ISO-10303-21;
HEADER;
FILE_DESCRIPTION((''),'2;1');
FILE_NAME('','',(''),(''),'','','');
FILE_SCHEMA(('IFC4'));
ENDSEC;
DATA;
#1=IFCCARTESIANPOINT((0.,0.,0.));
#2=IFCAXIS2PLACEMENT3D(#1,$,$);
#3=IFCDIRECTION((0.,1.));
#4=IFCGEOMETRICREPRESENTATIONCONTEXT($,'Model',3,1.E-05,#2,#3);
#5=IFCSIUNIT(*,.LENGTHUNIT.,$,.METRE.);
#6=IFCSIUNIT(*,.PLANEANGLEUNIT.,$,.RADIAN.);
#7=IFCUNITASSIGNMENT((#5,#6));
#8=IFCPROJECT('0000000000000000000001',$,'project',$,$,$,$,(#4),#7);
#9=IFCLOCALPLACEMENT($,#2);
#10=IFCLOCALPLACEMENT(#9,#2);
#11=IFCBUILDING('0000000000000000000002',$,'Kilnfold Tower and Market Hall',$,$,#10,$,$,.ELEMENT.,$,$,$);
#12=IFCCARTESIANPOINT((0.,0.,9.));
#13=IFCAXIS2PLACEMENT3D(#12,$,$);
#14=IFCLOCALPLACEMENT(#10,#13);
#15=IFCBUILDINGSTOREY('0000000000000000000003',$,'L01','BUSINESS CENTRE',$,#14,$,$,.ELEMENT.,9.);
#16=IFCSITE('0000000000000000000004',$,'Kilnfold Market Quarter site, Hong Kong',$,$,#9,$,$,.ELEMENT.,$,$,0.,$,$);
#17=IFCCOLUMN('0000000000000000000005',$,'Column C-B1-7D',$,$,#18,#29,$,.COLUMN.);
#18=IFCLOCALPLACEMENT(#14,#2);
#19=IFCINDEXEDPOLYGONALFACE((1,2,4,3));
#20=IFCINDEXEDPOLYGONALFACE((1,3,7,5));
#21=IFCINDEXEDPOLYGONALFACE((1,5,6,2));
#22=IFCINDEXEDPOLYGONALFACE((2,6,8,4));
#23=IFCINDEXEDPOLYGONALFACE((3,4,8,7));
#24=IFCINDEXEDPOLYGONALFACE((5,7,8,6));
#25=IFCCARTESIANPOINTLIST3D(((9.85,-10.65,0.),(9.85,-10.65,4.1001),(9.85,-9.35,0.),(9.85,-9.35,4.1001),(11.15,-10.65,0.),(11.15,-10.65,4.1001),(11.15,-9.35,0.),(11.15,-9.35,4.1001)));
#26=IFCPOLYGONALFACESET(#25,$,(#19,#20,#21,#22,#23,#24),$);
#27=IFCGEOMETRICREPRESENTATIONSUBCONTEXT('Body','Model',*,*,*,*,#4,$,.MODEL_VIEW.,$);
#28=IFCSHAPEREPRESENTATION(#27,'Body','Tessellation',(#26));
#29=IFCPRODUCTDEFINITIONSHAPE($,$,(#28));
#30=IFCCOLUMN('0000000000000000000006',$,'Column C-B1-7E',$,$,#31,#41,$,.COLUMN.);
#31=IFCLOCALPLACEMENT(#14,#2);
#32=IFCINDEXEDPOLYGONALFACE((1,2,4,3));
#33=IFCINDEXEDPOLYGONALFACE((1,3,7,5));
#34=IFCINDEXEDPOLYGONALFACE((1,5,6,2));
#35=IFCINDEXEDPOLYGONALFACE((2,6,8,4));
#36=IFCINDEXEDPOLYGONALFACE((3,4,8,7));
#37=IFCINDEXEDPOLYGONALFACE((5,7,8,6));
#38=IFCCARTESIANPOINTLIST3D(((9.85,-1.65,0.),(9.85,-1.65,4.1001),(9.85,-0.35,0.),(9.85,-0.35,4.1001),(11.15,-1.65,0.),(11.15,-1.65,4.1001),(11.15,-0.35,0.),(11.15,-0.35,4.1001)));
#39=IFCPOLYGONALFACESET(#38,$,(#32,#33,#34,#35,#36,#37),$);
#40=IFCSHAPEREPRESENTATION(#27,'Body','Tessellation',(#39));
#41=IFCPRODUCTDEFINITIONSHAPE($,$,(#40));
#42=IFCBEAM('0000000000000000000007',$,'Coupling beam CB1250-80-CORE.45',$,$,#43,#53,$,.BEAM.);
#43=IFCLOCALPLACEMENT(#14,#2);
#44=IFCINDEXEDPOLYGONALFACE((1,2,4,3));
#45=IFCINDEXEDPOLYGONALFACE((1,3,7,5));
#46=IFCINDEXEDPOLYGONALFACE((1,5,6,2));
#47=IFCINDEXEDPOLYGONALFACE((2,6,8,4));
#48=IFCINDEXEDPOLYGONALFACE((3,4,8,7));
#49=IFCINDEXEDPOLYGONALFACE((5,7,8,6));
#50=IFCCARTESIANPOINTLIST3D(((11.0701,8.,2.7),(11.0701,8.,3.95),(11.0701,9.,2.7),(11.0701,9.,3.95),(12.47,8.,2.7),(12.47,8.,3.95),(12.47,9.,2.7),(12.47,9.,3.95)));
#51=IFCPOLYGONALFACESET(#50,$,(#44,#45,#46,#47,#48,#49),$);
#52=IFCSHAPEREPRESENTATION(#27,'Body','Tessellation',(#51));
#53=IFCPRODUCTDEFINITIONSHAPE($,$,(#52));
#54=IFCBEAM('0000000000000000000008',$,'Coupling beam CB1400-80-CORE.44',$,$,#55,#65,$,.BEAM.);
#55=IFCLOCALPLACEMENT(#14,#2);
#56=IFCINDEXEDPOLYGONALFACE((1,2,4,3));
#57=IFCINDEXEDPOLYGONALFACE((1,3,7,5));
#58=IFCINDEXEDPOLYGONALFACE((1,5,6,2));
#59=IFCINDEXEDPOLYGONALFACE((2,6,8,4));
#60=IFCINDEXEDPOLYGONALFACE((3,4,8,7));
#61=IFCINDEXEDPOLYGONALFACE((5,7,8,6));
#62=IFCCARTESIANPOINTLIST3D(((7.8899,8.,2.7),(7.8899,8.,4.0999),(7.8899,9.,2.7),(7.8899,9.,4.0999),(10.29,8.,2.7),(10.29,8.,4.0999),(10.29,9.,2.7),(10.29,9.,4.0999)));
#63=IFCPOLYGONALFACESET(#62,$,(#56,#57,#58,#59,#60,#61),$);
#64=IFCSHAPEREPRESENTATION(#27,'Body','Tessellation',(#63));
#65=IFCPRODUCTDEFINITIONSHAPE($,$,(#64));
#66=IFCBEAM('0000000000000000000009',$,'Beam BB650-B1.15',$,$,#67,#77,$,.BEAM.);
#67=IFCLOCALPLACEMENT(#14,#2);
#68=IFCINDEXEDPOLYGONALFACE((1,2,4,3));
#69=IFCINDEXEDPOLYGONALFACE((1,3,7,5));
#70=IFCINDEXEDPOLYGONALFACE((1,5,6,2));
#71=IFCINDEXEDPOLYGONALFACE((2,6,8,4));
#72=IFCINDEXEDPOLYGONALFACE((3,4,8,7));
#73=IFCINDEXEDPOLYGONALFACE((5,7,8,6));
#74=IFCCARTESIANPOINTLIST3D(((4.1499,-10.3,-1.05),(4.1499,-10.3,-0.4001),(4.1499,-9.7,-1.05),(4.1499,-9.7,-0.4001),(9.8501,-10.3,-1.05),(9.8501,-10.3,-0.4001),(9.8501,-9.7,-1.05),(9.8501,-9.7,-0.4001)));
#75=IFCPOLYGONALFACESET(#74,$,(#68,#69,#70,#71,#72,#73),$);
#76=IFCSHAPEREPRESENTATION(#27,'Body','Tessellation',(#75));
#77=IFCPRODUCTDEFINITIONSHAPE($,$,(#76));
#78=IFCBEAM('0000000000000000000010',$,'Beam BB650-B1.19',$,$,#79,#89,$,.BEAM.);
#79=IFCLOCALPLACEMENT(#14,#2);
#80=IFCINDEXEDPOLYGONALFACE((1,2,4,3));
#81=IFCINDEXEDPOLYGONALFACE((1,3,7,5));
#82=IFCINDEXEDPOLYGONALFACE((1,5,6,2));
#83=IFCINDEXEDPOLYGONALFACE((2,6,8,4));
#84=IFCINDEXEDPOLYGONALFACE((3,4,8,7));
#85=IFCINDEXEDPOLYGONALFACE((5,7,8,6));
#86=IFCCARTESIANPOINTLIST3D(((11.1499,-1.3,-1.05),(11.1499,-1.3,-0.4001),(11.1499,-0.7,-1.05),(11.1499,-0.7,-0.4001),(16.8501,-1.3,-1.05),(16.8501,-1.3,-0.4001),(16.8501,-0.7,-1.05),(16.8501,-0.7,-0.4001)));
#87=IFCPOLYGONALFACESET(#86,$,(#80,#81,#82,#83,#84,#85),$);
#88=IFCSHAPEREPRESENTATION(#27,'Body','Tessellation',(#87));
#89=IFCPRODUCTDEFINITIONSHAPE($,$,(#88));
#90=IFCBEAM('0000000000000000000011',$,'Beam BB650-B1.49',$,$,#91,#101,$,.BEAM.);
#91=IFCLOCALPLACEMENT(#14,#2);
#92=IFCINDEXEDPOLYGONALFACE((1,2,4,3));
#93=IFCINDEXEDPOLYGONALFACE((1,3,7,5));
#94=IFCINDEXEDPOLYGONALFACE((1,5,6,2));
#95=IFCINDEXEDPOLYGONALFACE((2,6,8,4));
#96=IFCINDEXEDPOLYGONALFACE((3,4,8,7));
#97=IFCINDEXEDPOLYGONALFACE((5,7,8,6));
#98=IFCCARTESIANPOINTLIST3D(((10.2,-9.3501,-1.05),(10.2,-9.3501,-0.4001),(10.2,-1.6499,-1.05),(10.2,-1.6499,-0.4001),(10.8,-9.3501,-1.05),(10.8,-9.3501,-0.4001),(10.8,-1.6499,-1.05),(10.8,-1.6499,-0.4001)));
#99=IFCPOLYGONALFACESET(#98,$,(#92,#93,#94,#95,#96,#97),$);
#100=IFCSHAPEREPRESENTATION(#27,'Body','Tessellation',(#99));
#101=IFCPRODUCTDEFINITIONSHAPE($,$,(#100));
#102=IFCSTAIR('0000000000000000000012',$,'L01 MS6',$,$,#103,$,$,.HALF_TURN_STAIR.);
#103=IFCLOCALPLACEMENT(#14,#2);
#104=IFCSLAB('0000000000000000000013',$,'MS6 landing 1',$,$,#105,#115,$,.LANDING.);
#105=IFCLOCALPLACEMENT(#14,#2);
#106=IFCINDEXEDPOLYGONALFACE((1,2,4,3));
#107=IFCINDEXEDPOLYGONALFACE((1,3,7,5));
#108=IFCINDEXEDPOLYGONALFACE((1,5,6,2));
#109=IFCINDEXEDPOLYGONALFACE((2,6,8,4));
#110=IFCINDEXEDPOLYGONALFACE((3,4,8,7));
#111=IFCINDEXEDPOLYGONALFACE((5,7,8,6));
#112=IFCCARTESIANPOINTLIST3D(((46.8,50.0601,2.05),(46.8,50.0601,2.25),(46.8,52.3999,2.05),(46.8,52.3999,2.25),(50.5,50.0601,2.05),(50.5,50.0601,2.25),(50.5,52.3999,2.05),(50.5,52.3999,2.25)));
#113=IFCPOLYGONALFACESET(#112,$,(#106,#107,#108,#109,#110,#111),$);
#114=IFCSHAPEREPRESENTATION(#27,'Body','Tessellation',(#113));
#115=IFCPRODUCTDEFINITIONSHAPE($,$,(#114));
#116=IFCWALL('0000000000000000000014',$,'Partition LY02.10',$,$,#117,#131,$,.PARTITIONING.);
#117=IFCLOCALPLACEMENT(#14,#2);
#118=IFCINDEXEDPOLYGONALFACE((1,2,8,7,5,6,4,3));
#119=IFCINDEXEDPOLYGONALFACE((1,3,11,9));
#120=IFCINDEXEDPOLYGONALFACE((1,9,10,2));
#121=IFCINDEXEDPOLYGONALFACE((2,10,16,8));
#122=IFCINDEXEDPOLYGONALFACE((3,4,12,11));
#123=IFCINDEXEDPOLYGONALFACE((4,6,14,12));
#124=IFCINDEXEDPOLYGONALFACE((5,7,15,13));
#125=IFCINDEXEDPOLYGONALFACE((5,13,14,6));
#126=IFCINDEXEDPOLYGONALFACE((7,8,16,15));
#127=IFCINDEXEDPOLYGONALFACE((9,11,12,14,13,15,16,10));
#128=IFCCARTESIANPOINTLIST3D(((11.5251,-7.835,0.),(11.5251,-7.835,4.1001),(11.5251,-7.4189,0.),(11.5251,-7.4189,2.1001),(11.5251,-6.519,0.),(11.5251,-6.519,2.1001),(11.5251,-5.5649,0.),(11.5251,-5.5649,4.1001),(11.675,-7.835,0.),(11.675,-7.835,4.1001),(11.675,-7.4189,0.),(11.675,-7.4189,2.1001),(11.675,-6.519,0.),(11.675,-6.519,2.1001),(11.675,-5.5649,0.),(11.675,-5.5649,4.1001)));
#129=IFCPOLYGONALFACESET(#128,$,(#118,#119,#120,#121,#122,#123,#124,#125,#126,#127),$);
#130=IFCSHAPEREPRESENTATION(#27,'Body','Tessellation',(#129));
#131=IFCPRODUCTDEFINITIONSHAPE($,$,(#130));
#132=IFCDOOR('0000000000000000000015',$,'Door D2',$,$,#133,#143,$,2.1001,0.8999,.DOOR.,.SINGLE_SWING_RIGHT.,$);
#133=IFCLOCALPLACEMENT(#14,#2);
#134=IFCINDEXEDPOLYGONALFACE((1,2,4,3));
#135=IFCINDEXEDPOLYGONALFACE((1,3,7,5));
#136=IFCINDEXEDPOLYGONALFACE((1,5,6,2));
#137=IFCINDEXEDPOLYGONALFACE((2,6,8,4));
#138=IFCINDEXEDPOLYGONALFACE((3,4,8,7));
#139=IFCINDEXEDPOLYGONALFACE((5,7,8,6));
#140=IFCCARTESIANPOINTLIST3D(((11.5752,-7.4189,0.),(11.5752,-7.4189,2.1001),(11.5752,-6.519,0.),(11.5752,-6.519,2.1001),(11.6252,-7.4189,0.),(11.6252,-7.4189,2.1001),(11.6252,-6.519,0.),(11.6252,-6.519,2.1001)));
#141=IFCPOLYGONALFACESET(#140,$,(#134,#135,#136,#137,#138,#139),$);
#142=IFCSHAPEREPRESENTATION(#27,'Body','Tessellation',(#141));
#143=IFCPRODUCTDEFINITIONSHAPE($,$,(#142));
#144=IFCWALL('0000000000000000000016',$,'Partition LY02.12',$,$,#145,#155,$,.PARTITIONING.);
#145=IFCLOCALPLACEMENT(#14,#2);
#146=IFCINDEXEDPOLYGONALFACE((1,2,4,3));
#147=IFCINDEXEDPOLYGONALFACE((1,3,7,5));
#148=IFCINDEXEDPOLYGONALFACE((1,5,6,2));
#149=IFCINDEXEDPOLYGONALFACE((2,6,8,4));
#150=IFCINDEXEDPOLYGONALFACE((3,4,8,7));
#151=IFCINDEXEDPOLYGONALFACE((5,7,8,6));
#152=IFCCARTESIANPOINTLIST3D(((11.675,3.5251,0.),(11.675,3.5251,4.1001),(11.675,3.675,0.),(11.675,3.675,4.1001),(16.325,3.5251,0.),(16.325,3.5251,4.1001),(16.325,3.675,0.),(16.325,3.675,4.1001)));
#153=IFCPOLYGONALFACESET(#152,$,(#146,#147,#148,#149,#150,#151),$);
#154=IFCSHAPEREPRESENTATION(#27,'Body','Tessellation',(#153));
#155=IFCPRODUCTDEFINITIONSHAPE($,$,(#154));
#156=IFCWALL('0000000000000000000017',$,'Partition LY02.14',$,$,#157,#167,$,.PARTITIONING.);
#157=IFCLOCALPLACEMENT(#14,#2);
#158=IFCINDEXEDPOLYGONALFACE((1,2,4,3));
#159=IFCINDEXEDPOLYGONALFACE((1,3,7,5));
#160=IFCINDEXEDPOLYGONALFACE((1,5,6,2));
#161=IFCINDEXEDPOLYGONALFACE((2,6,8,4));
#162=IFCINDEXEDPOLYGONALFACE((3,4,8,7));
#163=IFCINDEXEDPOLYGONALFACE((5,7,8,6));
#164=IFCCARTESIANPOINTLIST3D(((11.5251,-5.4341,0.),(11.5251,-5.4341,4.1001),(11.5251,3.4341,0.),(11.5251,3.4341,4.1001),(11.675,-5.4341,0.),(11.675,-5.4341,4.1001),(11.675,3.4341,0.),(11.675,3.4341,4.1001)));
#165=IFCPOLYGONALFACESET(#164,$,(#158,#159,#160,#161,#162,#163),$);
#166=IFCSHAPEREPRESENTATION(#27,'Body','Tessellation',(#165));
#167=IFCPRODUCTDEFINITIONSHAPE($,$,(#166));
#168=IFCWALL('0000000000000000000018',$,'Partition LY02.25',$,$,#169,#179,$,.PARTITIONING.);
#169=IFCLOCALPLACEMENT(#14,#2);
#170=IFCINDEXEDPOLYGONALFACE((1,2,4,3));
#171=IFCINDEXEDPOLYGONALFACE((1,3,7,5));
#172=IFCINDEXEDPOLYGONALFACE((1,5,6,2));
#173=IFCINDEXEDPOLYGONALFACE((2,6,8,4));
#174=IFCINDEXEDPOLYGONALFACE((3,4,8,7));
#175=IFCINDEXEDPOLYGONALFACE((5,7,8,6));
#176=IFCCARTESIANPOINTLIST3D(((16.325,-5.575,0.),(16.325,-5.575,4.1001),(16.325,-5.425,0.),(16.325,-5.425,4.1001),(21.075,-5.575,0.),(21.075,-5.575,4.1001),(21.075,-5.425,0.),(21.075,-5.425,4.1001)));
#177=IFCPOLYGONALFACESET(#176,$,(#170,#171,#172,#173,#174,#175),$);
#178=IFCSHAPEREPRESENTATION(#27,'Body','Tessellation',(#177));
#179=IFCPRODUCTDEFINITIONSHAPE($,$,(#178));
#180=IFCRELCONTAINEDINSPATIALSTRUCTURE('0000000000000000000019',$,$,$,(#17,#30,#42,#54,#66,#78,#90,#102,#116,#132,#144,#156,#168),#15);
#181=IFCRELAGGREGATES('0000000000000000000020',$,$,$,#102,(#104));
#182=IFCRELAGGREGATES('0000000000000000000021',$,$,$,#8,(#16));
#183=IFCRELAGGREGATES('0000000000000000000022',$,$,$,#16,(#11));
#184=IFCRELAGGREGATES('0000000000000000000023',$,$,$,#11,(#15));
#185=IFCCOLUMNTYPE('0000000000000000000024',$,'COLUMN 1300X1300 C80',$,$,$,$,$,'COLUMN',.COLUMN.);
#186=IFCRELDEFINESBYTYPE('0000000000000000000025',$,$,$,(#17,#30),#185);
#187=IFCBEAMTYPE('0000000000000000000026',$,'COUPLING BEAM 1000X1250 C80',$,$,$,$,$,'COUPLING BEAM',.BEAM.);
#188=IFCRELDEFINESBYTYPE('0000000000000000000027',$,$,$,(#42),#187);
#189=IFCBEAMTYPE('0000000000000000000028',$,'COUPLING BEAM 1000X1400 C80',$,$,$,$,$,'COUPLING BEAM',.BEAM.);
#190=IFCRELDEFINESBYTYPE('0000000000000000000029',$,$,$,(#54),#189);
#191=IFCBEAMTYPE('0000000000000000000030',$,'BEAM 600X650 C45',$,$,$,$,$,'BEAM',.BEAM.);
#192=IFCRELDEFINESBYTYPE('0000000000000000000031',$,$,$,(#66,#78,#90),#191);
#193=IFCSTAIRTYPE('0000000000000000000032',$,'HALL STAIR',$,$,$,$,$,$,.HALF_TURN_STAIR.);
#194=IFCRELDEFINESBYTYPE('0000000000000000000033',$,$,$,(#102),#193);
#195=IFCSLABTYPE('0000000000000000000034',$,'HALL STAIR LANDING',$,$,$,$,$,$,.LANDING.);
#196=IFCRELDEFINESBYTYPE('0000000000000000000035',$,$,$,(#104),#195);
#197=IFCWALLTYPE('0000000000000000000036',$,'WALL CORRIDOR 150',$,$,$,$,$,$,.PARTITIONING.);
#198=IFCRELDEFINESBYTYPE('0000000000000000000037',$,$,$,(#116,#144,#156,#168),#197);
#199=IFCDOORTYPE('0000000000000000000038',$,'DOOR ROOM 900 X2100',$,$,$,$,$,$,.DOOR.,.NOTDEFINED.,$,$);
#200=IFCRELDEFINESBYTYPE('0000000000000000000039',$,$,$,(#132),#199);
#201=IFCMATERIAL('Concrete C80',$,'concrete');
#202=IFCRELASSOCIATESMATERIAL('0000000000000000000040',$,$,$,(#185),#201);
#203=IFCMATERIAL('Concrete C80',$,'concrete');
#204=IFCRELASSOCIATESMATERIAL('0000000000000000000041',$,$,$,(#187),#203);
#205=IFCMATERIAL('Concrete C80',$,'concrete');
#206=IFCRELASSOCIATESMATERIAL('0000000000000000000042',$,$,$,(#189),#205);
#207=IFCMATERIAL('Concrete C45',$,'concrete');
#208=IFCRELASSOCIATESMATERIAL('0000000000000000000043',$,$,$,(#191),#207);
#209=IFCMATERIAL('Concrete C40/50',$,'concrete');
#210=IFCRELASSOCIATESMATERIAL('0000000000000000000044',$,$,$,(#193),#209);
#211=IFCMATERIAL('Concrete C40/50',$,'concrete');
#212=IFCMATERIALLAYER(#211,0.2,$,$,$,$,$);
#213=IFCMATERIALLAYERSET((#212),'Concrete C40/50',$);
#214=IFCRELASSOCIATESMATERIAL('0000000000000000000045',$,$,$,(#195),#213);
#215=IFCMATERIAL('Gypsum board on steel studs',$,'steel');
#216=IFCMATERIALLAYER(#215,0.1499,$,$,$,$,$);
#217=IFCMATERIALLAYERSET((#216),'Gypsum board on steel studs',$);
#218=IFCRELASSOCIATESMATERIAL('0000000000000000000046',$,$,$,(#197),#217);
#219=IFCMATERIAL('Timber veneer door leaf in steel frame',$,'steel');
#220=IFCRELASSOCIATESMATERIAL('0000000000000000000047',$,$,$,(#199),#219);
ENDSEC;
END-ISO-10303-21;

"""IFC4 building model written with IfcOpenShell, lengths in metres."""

from ifc_helpers import new_model, si_unit, direction, frame, frame_2d, origin, origin_2d, place, context, subcontext, project, spatial, polyline, rectangle, outline, extrude, source, transform, mapped, material, layer, layer_set, material_profile, profile_set, type_object, element, fill, aggregate, save


model = new_model("IFC4")

# Units and contexts
model_context = context("Model", 3, precision=1e-05, world=origin(), true_north=direction((0.0, 1.0)))
body_context = subcontext(model_context, "Body", "Model", "MODEL_VIEW")
ifc_project = project(units=[si_unit("LENGTHUNIT", "METRE"), si_unit("PLANEANGLEUNIT", "RADIAN")], contexts=[model_context])

# Site, building, storey
site_placement = place(None, origin())
site = spatial("IfcSite", under=ifc_project, at=site_placement, Name="Kilnfold Market Quarter site, Hong Kong", CompositionType="ELEMENT", RefElevation=0.0)
building_placement = place(site_placement, origin())
building = spatial("IfcBuilding", under=site, at=building_placement, Name="Kilnfold Tower and Market Hall", CompositionType="ELEMENT")
storey_placement = place(building_placement, frame((0.0, 0.0, 9.0)))
storey = spatial("IfcBuildingStorey", under=building, at=storey_placement, Name="L01", Description="BUSINESS CENTRE", CompositionType="ELEMENT", Elevation=9.0)

# Columns
ifc_material_1 = material(Name="Concrete C80", Category="concrete")
ifc_material_profile_1 = material_profile(ifc_material_1, rectangle(XDim=1.3, YDim=1.3, at=origin_2d()), Name="RC 1300x1300")
ifc_profile_set_1 = profile_set([ifc_material_profile_1], Name="Concrete C80")
column_type = type_object("IfcColumnType", Name="COLUMN 1300X1300 C80", ElementType="COLUMN", PredefinedType="COLUMN", material=ifc_profile_set_1)
shared_shape_1 = source(origin(), body_context, "Body", "SweptSolid", [
    extrude(rectangle(XDim=1.3, YDim=1.3, at=origin_2d()), origin(), (0.0, 0.0, 1.0), 4.1001),
])
for number, where, z_axis, x_axis, name in (
    (1, (10.5, -10.0, 0.0), (0.0, 0.0, 1.0), (1.0, 0.0, 0.0), "Column C-B1-7D"),
    (2, (10.5, -1.0, 0.0), (0.0, 0.0, 1.0), (1.0, 0.0, 0.0), "Column C-B1-7E"),
):
    element("IfcColumn", number, at=place(storey_placement, frame(where, z_axis=z_axis, x_axis=x_axis)), inside=storey, type_object=column_type, Name=name, PredefinedType="COLUMN", context=body_context, shape_type="MappedRepresentation", body=[
        mapped(shared_shape_1, transform((0.0, 0.0, 0.0))),
    ])

# Beams
ifc_material_2 = material(Name="Concrete C80", Category="concrete")
ifc_material_profile_2 = material_profile(ifc_material_2, rectangle(XDim=1.0, YDim=1.25, at=origin_2d()), Name="RC 1000x1250")
ifc_profile_set_2 = profile_set([ifc_material_profile_2], Name="Concrete C80")
beam_type_1 = type_object("IfcBeamType", Name="COUPLING BEAM 1000X1250 C80", ElementType="COUPLING BEAM", PredefinedType="BEAM", material=ifc_profile_set_2)
shared_shape_2 = source(origin(), body_context, "Body", "SweptSolid", [
    extrude(rectangle(XDim=1.0, YDim=1.25, at=origin_2d()), origin(), (0.0, 0.0, 1.0), 1.3999),
])
beam_1_placement = place(storey_placement, frame((11.0701, 8.5, 3.325), z_axis=(1.0, 0.0, 0.0), x_axis=(0.0, 1.0, 0.0)))
element("IfcBeam", 3, at=beam_1_placement, inside=storey, type_object=beam_type_1, Name="Coupling beam CB1250-80-CORE.45", PredefinedType="BEAM", context=body_context, shape_type="MappedRepresentation", body=[
    mapped(shared_shape_2, transform((0.0, 0.0, 0.0))),
])
ifc_material_3 = material(Name="Concrete C80", Category="concrete")
ifc_material_profile_3 = material_profile(ifc_material_3, rectangle(XDim=1.0, YDim=1.3999, at=origin_2d()), Name="RC 1000x1400")
ifc_profile_set_3 = profile_set([ifc_material_profile_3], Name="Concrete C80")
beam_type_2 = type_object("IfcBeamType", Name="COUPLING BEAM 1000X1400 C80", ElementType="COUPLING BEAM", PredefinedType="BEAM", material=ifc_profile_set_3)
shared_shape_3 = source(origin(), body_context, "Body", "SweptSolid", [
    extrude(rectangle(XDim=1.0, YDim=1.3999, at=origin_2d()), origin(), (0.0, 0.0, 1.0), 2.4001),
])
beam_2_placement = place(storey_placement, frame((7.8899, 8.5, 3.3999), z_axis=(1.0, 0.0, 0.0), x_axis=(0.0, 1.0, 0.0)))
element("IfcBeam", 4, at=beam_2_placement, inside=storey, type_object=beam_type_2, Name="Coupling beam CB1400-80-CORE.44", PredefinedType="BEAM", context=body_context, shape_type="MappedRepresentation", body=[
    mapped(shared_shape_3, transform((0.0, 0.0, 0.0))),
])
ifc_material_4 = material(Name="Concrete C45", Category="concrete")
ifc_material_profile_4 = material_profile(ifc_material_4, rectangle(XDim=0.6001, YDim=0.6499, at=origin_2d()), Name="RC 600x650")
ifc_profile_set_4 = profile_set([ifc_material_profile_4], Name="Concrete C45")
beam_type_3 = type_object("IfcBeamType", Name="BEAM 600X650 C45", ElementType="BEAM", PredefinedType="BEAM", material=ifc_profile_set_4)
shared_shape_4 = source(origin(), body_context, "Body", "SweptSolid", [
    extrude(rectangle(XDim=0.6001, YDim=0.6499, at=origin_2d()), origin(), (0.0, 0.0, 1.0), 5.7002),
])
for number, where, z_axis, x_axis, name in (
    (5, (4.1499, -10.0, -0.7251), (1.0, 0.0, 0.0), (0.0, 1.0, 0.0), "Beam BB650-B1.15"),
    (6, (11.1499, -1.0, -0.7251), (1.0, 0.0, 0.0), (0.0, 1.0, 0.0), "Beam BB650-B1.19"),
):
    element("IfcBeam", number, at=place(storey_placement, frame(where, z_axis=z_axis, x_axis=x_axis)), inside=storey, type_object=beam_type_3, Name=name, PredefinedType="BEAM", context=body_context, shape_type="MappedRepresentation", body=[
        mapped(shared_shape_4, transform((0.0, 0.0, 0.0))),
    ])
shared_shape_5 = source(origin(), body_context, "Body", "SweptSolid", [
    extrude(rectangle(XDim=0.6001, YDim=0.6499, at=origin_2d()), origin(), (0.0, 0.0, 1.0), 7.7002),
])
beam_3_placement = place(storey_placement, frame((10.5, -9.3501, -0.7251), z_axis=(0.0, 1.0, 0.0), x_axis=(-1.0, 0.0, 0.0)))
element("IfcBeam", 7, at=beam_3_placement, inside=storey, type_object=beam_type_3, Name="Beam BB650-B1.49", PredefinedType="BEAM", context=body_context, shape_type="MappedRepresentation", body=[
    mapped(shared_shape_5, transform((0.0, 0.0, 0.0))),
])

# Stair, slab
ifc_material_5 = material(Name="Concrete C40/50", Category="concrete")
stair_type = type_object("IfcStairType", Name="HALL STAIR", PredefinedType="HALF_TURN_STAIR", material=ifc_material_5)
stair_placement = place(storey_placement, origin())
stair = element("IfcStair", 8, at=stair_placement, inside=storey, type_object=stair_type, Name="L01 MS6", PredefinedType="HALF_TURN_STAIR")
ifc_material_6 = material(Name="Concrete C40/50", Category="concrete")
ifc_layer_1 = layer(ifc_material_6, 0.2)
ifc_layer_set_1 = layer_set([ifc_layer_1], Name="Concrete C40/50")
slab_type = type_object("IfcSlabType", Name="HALL STAIR LANDING", PredefinedType="LANDING", material=ifc_layer_set_1)
shared_shape_6 = source(origin(), body_context, "Body", "SweptSolid", [
    extrude(outline(polyline([(50.5, 50.0601), (50.5, 52.3999), (46.8, 52.3999), (46.8, 50.0601), (50.5, 50.0601)])), origin(), (0.0, 0.0, 1.0), 0.2),
])
slab_placement = place(storey_placement, frame((0.0, 0.0, 2.05)))
slab = element("IfcSlab", 9, at=slab_placement, type_object=slab_type, Name="MS6 landing 1", PredefinedType="LANDING", context=body_context, shape_type="MappedRepresentation", body=[
    mapped(shared_shape_6, transform((0.0, 0.0, 0.0))),
])
aggregate(stair, [slab])

# Wall, opening, door
ifc_material_7 = material(Name="Gypsum board on steel studs", Category="steel")
ifc_layer_2 = layer(ifc_material_7, 0.1499)
ifc_layer_set_2 = layer_set([ifc_layer_2], Name="Gypsum board on steel studs")
wall_type_1 = type_object("IfcWallType", Name="WALL CORRIDOR 150", PredefinedType="PARTITIONING", material=ifc_layer_set_2)
wall_1_placement = place(storey_placement, frame((11.6001, -7.835, 0.0), z_axis=(0.0, 0.0, 1.0), x_axis=(0.0, 1.0, 0.0)))
wall_1 = element("IfcWall", 10, at=wall_1_placement, inside=storey, type_object=wall_type_1, Name="Partition LY02.10", PredefinedType="PARTITIONING", context=body_context, shape_type="SweptSolid", body=[
    extrude(rectangle(XDim=2.27, YDim=0.1499, at=frame_2d((1.135, 0.0))), origin(), (0.0, 0.0, 1.0), 4.1001),
])
opening_1_placement = place(wall_1_placement, frame((0.416, 0.0, 0.0)))
opening_1 = element("IfcOpeningElement", 11, at=opening_1_placement, cuts=wall_1, PredefinedType="OPENING", context=body_context, shape_type="SweptSolid", body=[
    extrude(rectangle(XDim=0.8999, YDim=2.1001, at=frame_2d((0.45, 1.05))), frame((0.0, 0.085, 0.0), z_axis=(0.0, -1.0, 0.0), x_axis=(1.0, 0.0, 0.0)), (0.0, 0.0, 1.0), 0.1699),
])
ifc_material_8 = material(Name="Timber veneer door leaf in steel frame", Category="steel")
door_type_1 = type_object("IfcDoorType", Name="DOOR ROOM 900 X2100", OperationType="NOTDEFINED", PredefinedType="DOOR", material=ifc_material_8)
door_1_placement = place(opening_1_placement, origin())
door_1 = element("IfcDoor", 12, at=door_1_placement, inside=storey, type_object=door_type_1, Name="Door D2", OperationType="SINGLE_SWING_RIGHT", OverallHeight=2.1001, OverallWidth=0.8999, PredefinedType="DOOR", context=body_context, shape_type="SweptSolid", body=[
    extrude(rectangle(XDim=0.8999, YDim=2.1001, at=frame_2d((0.45, 1.05))), frame((0.0, 0.0249, 0.0), z_axis=(0.0, -1.0, 0.0), x_axis=(1.0, 0.0, 0.0)), (0.0, 0.0, 1.0), 0.05),
])
fill(opening_1, door_1)

# Walls
wall_2_placement = place(storey_placement, frame((16.325, 3.6001, 0.0), z_axis=(0.0, 0.0, 1.0), x_axis=(-1.0, 0.0, 0.0)))
element("IfcWall", 13, at=wall_2_placement, inside=storey, type_object=wall_type_1, Name="Partition LY02.12", PredefinedType="PARTITIONING", context=body_context, shape_type="SweptSolid", body=[
    extrude(rectangle(XDim=4.6499, YDim=0.1499, at=frame_2d((2.325, 0.0))), origin(), (0.0, 0.0, 1.0), 4.1001),
])
wall_3_placement = place(storey_placement, frame((11.6001, -5.4341, 0.0), z_axis=(0.0, 0.0, 1.0), x_axis=(0.0, 1.0, 0.0)))
element("IfcWall", 14, at=wall_3_placement, inside=storey, type_object=wall_type_1, Name="Partition LY02.14", PredefinedType="PARTITIONING", context=body_context, shape_type="SweptSolid", body=[
    extrude(rectangle(XDim=8.8682, YDim=0.1499, at=frame_2d((4.4341, 0.0))), origin(), (0.0, 0.0, 1.0), 4.1001),
])
wall_4_placement = place(storey_placement, frame((16.325, -5.5, 0.0), z_axis=(0.0, 0.0, 1.0), x_axis=(1.0, 0.0, 0.0)))
element("IfcWall", 15, at=wall_4_placement, inside=storey, type_object=wall_type_1, Name="Partition LY02.25", PredefinedType="PARTITIONING", context=body_context, shape_type="SweptSolid", body=[
    extrude(rectangle(XDim=4.75, YDim=0.1499, at=frame_2d((2.375, 0.0))), origin(), (0.0, 0.0, 1.0), 4.1001),
])

save(model, "model.ifc")
